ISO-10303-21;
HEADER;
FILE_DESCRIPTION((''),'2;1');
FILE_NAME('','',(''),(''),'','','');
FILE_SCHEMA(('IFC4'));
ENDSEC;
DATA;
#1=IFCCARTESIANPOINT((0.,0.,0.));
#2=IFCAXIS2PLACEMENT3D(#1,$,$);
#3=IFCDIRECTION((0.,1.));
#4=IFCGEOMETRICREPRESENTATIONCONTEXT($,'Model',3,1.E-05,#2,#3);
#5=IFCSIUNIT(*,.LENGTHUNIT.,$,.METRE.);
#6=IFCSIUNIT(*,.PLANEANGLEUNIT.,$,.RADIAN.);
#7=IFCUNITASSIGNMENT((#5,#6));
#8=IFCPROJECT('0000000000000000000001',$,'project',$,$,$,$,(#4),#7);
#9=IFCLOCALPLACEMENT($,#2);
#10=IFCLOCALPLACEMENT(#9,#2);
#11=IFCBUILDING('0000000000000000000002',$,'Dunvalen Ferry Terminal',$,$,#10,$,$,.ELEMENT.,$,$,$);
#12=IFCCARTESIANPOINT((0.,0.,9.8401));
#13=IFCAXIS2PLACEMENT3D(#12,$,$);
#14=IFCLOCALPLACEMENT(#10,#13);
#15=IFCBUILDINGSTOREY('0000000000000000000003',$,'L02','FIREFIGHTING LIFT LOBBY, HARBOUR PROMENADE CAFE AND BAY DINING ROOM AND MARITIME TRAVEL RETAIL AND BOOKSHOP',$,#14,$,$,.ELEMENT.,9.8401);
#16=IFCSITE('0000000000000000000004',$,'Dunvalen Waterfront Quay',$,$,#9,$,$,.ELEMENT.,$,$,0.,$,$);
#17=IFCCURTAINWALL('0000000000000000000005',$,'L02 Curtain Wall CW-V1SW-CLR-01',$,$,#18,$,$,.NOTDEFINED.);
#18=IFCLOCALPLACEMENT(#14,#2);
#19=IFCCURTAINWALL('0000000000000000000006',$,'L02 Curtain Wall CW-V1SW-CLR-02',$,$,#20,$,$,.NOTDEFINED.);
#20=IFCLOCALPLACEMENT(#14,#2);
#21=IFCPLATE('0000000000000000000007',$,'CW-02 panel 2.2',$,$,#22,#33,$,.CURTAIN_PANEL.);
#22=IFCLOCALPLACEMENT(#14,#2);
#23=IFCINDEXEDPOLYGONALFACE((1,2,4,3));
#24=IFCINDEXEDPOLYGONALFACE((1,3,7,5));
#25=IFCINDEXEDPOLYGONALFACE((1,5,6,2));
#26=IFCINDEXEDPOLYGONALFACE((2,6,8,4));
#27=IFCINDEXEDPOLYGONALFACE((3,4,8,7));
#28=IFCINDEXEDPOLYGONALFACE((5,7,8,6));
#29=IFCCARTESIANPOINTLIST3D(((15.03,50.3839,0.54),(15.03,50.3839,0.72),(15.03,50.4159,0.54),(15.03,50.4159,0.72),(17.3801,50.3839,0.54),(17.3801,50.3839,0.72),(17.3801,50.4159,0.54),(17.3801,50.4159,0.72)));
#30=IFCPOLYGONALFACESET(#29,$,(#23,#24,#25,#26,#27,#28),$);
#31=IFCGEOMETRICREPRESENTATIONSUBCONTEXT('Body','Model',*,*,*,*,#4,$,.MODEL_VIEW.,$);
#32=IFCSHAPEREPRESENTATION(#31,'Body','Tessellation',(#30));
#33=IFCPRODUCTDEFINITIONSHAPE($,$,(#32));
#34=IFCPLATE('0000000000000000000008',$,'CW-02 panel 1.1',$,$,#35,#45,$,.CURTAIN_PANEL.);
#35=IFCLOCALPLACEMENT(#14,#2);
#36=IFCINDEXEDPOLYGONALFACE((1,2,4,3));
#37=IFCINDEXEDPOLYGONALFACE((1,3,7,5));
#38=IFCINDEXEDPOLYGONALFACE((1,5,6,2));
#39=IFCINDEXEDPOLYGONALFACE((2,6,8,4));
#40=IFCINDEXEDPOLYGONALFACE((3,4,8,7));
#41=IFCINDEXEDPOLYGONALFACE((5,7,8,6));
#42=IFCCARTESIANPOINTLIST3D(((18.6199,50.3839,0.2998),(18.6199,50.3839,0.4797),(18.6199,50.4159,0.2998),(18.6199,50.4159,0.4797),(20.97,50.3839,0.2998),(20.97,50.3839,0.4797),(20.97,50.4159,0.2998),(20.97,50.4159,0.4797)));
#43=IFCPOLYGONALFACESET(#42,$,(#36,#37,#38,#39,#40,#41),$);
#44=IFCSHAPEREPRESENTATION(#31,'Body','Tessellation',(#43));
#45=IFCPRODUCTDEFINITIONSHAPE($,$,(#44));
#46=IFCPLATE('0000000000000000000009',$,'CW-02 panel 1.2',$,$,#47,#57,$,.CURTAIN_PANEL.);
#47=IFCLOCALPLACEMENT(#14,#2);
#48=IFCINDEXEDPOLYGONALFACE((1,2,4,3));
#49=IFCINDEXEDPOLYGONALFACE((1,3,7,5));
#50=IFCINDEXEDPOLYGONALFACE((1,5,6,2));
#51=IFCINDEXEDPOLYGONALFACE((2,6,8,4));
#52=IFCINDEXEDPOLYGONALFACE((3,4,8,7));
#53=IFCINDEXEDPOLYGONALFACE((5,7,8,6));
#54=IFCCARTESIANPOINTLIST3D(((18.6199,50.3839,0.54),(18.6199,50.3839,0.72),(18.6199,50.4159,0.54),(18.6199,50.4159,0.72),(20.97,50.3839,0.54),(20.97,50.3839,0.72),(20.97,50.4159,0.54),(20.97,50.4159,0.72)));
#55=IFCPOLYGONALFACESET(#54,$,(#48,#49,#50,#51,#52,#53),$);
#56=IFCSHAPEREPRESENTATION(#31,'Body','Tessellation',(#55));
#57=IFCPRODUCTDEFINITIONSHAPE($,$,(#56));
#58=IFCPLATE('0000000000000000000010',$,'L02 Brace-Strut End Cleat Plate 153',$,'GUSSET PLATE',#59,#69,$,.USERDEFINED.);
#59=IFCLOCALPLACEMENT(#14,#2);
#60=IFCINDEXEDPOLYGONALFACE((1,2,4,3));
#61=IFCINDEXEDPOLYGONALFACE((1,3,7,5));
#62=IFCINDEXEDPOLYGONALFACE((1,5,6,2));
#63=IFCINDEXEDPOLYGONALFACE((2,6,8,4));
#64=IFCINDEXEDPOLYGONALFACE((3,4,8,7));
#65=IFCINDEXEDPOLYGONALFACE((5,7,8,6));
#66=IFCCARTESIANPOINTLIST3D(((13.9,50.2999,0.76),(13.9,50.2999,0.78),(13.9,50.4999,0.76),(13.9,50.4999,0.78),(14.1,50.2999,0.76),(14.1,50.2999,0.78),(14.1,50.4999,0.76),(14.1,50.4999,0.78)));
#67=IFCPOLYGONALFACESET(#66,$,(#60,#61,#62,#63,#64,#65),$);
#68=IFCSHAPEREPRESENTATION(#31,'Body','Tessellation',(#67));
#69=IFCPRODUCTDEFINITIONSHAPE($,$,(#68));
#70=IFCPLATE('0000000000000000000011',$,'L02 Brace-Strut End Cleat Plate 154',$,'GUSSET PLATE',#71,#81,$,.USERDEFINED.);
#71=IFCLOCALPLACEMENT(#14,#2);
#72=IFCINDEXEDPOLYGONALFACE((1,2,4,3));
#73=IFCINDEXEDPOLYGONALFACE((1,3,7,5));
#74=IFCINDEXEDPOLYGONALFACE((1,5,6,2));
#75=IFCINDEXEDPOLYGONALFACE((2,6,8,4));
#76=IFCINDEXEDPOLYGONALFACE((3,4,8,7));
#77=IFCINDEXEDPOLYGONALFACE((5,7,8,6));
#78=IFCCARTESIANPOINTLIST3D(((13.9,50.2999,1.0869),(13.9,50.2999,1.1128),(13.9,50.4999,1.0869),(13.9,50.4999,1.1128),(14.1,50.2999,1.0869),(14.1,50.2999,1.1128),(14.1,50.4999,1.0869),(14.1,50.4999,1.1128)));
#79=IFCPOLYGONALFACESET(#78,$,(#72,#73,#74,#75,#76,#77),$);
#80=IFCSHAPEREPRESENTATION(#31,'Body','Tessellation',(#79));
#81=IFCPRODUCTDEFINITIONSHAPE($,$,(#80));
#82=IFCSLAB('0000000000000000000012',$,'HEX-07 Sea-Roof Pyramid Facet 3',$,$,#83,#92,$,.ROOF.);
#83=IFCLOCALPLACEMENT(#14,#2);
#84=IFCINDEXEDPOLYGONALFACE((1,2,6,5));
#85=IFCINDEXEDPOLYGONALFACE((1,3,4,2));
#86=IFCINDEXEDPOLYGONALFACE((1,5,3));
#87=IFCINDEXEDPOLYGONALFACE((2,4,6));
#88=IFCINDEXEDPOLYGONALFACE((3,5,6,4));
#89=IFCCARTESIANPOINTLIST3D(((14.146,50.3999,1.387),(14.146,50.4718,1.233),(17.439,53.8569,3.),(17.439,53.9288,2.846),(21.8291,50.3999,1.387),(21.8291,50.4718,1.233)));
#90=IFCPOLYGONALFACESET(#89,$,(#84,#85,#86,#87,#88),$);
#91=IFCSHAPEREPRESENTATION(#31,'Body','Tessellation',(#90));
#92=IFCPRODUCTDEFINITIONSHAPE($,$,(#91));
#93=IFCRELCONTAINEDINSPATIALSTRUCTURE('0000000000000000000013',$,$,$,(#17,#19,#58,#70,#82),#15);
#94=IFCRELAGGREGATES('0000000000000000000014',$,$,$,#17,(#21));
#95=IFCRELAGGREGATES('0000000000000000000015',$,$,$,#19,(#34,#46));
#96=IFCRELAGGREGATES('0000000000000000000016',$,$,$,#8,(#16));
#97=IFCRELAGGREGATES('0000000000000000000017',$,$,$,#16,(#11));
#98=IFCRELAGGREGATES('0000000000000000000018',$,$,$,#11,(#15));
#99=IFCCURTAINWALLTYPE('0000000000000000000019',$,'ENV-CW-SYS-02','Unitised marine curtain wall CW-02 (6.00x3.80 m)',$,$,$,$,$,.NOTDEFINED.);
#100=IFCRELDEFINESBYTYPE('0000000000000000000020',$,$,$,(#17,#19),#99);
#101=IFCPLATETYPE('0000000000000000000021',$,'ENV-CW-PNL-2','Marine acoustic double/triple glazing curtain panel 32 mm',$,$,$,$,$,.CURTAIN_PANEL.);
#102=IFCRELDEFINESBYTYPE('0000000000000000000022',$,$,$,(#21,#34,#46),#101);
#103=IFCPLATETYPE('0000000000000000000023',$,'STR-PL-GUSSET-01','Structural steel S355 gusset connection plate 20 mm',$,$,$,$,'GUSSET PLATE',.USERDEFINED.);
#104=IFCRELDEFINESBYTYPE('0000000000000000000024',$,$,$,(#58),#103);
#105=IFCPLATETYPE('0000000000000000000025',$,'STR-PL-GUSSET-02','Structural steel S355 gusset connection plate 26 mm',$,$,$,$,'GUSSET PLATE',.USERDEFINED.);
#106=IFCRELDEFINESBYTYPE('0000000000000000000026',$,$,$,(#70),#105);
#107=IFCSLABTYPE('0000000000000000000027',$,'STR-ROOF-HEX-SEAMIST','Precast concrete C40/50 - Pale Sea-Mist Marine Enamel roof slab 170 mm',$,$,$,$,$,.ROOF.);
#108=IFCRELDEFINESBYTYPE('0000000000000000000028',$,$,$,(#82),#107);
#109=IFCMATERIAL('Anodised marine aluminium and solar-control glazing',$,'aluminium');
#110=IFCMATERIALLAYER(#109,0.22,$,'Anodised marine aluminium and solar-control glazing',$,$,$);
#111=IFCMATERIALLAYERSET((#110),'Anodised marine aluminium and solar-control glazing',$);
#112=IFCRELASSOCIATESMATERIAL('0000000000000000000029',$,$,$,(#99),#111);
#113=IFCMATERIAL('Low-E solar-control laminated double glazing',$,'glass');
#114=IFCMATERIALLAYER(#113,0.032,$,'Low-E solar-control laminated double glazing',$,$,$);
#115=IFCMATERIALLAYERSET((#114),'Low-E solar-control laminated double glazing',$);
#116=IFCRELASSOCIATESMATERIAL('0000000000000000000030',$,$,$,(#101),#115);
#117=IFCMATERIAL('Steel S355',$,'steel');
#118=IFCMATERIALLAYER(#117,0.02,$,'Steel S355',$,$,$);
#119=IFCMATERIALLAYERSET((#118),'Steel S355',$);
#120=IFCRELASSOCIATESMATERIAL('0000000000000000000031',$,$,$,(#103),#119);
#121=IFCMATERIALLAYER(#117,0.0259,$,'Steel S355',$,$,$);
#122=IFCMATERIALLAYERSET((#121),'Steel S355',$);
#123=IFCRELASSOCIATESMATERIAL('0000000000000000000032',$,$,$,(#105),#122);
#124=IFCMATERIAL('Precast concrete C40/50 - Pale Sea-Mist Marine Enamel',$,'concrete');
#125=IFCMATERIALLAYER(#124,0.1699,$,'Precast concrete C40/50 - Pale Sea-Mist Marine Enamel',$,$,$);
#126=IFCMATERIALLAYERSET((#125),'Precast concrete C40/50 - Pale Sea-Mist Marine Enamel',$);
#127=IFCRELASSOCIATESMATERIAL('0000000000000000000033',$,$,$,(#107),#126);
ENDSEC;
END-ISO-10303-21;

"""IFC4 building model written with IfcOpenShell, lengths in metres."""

from ifc_helpers import new_model, si_unit, direction, frame, origin, origin_2d, place, context, subcontext, project, spatial, polyline, rectangle, outline, extrude, material, layer, layer_set, type_object, element, aggregate, save


model = new_model("IFC4")

# Units and contexts
model_context = context("Model", 3, precision=1e-05, world=origin(), true_north=direction((0.0, 1.0)))
body_context = subcontext(model_context, "Body", "Model", "MODEL_VIEW")
ifc_project = project(units=[si_unit("LENGTHUNIT", "METRE"), si_unit("PLANEANGLEUNIT", "RADIAN")], contexts=[model_context])

# Site, building, storey
site_placement = place(None, origin())
site = spatial("IfcSite", under=ifc_project, at=site_placement, Name="Dunvalen Waterfront Quay", CompositionType="ELEMENT", RefElevation=0.0)
building_placement = place(site_placement, origin())
building = spatial("IfcBuilding", under=site, at=building_placement, Name="Dunvalen Ferry Terminal", CompositionType="ELEMENT")
storey_placement = place(building_placement, frame((0.0, 0.0, 9.8401)))
storey = spatial("IfcBuildingStorey", under=building, at=storey_placement, Name="L02", Description="FIREFIGHTING LIFT LOBBY, HARBOUR PROMENADE CAFE AND BAY DINING ROOM AND MARITIME TRAVEL RETAIL AND BOOKSHOP", CompositionType="ELEMENT", Elevation=9.8401)

# Curtain walls
ifc_material_1 = material(Name="Anodised marine aluminium and solar-control glazing", Category="aluminium")
ifc_layer_1 = layer(ifc_material_1, 0.22, Name="Anodised marine aluminium and solar-control glazing")
ifc_layer_set_1 = layer_set([ifc_layer_1], Name="Anodised marine aluminium and solar-control glazing")
curtain_wall_type = type_object("IfcCurtainWallType", Name="ENV-CW-SYS-02", Description="Unitised marine curtain wall CW-02 (6.00x3.80 m)", PredefinedType="NOTDEFINED", material=ifc_layer_set_1)
curtain_wall_1_placement = place(storey_placement, origin())
curtain_wall_1 = element("IfcCurtainWall", 1, at=curtain_wall_1_placement, inside=storey, type_object=curtain_wall_type, Name="L02 Curtain Wall CW-V1SW-CLR-01", PredefinedType="NOTDEFINED")
curtain_wall_2_placement = place(storey_placement, origin())
curtain_wall_2 = element("IfcCurtainWall", 2, at=curtain_wall_2_placement, inside=storey, type_object=curtain_wall_type, Name="L02 Curtain Wall CW-V1SW-CLR-02", PredefinedType="NOTDEFINED")

# Shared definitions
ifc_material_2 = material(Name="Steel S355", Category="steel")

# Plates
ifc_material_3 = material(Name="Low-E solar-control laminated double glazing", Category="glass")
ifc_layer_2 = layer(ifc_material_3, 0.032, Name="Low-E solar-control laminated double glazing")
ifc_layer_set_2 = layer_set([ifc_layer_2], Name="Low-E solar-control laminated double glazing")
plate_type_1 = type_object("IfcPlateType", Name="ENV-CW-PNL-2", Description="Marine acoustic double/triple glazing curtain panel 32 mm", PredefinedType="CURTAIN_PANEL", material=ifc_layer_set_2)
plate_1_placement = place(storey_placement, frame((16.2051, 50.3999, 0.54), z_axis=(0.0, 0.0, 1.0), x_axis=(1.0, 0.0, 0.0)))
plate_1 = element("IfcPlate", 3, at=plate_1_placement, type_object=plate_type_1, Name="CW-02 panel 2.2", PredefinedType="CURTAIN_PANEL", context=body_context, shape_type="SweptSolid", body=[
    extrude(rectangle(XDim=2.3501, YDim=0.032, at=origin_2d()), origin(), (0.0, 0.0, 1.0), 0.1799),
])
aggregate(curtain_wall_1, [plate_1])
plate_2_placement = place(storey_placement, frame((19.7949, 50.3999, 0.2998), z_axis=(0.0, 0.0, 1.0), x_axis=(1.0, 0.0, 0.0)))
plate_2 = element("IfcPlate", 4, at=plate_2_placement, type_object=plate_type_1, Name="CW-02 panel 1.1", PredefinedType="CURTAIN_PANEL", context=body_context, shape_type="SweptSolid", body=[
    extrude(rectangle(XDim=2.3501, YDim=0.032, at=origin_2d()), origin(), (0.0, 0.0, 1.0), 0.1799),
])
plate_3_placement = place(storey_placement, frame((19.7949, 50.3999, 0.54), z_axis=(0.0, 0.0, 1.0), x_axis=(1.0, 0.0, 0.0)))
plate_3 = element("IfcPlate", 5, at=plate_3_placement, type_object=plate_type_1, Name="CW-02 panel 1.2", PredefinedType="CURTAIN_PANEL", context=body_context, shape_type="SweptSolid", body=[
    extrude(rectangle(XDim=2.3501, YDim=0.032, at=origin_2d()), origin(), (0.0, 0.0, 1.0), 0.1799),
])
aggregate(curtain_wall_2, [plate_2, plate_3])

# Plates
ifc_layer_3 = layer(ifc_material_2, 0.02, Name="Steel S355")
ifc_layer_set_3 = layer_set([ifc_layer_3], Name="Steel S355")
plate_type_2 = type_object("IfcPlateType", Name="STR-PL-GUSSET-01", Description="Structural steel S355 gusset connection plate 20 mm", ElementType="GUSSET PLATE", PredefinedType="USERDEFINED", material=ifc_layer_set_3)
plate_4_placement = place(storey_placement, frame((14.0, 50.3999, 0.76), z_axis=(0.0, 0.0, 1.0), x_axis=(1.0, 0.0, 0.0)))
element("IfcPlate", 6, at=plate_4_placement, inside=storey, type_object=plate_type_2, Name="L02 Brace-Strut End Cleat Plate 153", ObjectType="GUSSET PLATE", PredefinedType="USERDEFINED", context=body_context, shape_type="SweptSolid", body=[
    extrude(rectangle(XDim=0.2, YDim=0.2, at=origin_2d()), origin(), (0.0, 0.0, 1.0), 0.02),
])
ifc_layer_4 = layer(ifc_material_2, 0.0259, Name="Steel S355")
ifc_layer_set_4 = layer_set([ifc_layer_4], Name="Steel S355")
plate_type_3 = type_object("IfcPlateType", Name="STR-PL-GUSSET-02", Description="Structural steel S355 gusset connection plate 26 mm", ElementType="GUSSET PLATE", PredefinedType="USERDEFINED", material=ifc_layer_set_4)
plate_5_placement = place(storey_placement, frame((14.0, 50.3999, 1.0869), z_axis=(0.0, 0.0, 1.0), x_axis=(1.0, 0.0, 0.0)))
element("IfcPlate", 7, at=plate_5_placement, inside=storey, type_object=plate_type_3, Name="L02 Brace-Strut End Cleat Plate 154", ObjectType="GUSSET PLATE", PredefinedType="USERDEFINED", context=body_context, shape_type="SweptSolid", body=[
    extrude(rectangle(XDim=0.2, YDim=0.2, at=origin_2d()), origin(), (0.0, 0.0, 1.0), 0.0259),
])

# Slab
ifc_material_4 = material(Name="Precast concrete C40/50 - Pale Sea-Mist Marine Enamel", Category="concrete")
ifc_layer_5 = layer(ifc_material_4, 0.1699, Name="Precast concrete C40/50 - Pale Sea-Mist Marine Enamel")
ifc_layer_set_5 = layer_set([ifc_layer_5], Name="Precast concrete C40/50 - Pale Sea-Mist Marine Enamel")
slab_type = type_object("IfcSlabType", Name="STR-ROOF-HEX-SEAMIST", Description="Precast concrete C40/50 - Pale Sea-Mist Marine Enamel roof slab 170 mm", PredefinedType="ROOF", material=ifc_layer_set_5)
slab_placement = place(storey_placement, frame((14.146, 50.3999, 1.387), z_axis=(0.0, -0.422833, 0.906208), x_axis=(1.0, 0.0, 0.0)))
element("IfcSlab", 8, at=slab_placement, inside=storey, type_object=slab_type, Name="HEX-07 Sea-Roof Pyramid Facet 3", PredefinedType="ROOF", context=body_context, shape_type="SweptSolid", body=[
    extrude(outline(polyline([(0.0, 0.0), (7.6831, 0.0), (3.293, 3.8148), (0.0, 0.0)])), origin(), (0.0, 0.0, -1.0), 0.1699),
])

save(model, "model.ifc")
